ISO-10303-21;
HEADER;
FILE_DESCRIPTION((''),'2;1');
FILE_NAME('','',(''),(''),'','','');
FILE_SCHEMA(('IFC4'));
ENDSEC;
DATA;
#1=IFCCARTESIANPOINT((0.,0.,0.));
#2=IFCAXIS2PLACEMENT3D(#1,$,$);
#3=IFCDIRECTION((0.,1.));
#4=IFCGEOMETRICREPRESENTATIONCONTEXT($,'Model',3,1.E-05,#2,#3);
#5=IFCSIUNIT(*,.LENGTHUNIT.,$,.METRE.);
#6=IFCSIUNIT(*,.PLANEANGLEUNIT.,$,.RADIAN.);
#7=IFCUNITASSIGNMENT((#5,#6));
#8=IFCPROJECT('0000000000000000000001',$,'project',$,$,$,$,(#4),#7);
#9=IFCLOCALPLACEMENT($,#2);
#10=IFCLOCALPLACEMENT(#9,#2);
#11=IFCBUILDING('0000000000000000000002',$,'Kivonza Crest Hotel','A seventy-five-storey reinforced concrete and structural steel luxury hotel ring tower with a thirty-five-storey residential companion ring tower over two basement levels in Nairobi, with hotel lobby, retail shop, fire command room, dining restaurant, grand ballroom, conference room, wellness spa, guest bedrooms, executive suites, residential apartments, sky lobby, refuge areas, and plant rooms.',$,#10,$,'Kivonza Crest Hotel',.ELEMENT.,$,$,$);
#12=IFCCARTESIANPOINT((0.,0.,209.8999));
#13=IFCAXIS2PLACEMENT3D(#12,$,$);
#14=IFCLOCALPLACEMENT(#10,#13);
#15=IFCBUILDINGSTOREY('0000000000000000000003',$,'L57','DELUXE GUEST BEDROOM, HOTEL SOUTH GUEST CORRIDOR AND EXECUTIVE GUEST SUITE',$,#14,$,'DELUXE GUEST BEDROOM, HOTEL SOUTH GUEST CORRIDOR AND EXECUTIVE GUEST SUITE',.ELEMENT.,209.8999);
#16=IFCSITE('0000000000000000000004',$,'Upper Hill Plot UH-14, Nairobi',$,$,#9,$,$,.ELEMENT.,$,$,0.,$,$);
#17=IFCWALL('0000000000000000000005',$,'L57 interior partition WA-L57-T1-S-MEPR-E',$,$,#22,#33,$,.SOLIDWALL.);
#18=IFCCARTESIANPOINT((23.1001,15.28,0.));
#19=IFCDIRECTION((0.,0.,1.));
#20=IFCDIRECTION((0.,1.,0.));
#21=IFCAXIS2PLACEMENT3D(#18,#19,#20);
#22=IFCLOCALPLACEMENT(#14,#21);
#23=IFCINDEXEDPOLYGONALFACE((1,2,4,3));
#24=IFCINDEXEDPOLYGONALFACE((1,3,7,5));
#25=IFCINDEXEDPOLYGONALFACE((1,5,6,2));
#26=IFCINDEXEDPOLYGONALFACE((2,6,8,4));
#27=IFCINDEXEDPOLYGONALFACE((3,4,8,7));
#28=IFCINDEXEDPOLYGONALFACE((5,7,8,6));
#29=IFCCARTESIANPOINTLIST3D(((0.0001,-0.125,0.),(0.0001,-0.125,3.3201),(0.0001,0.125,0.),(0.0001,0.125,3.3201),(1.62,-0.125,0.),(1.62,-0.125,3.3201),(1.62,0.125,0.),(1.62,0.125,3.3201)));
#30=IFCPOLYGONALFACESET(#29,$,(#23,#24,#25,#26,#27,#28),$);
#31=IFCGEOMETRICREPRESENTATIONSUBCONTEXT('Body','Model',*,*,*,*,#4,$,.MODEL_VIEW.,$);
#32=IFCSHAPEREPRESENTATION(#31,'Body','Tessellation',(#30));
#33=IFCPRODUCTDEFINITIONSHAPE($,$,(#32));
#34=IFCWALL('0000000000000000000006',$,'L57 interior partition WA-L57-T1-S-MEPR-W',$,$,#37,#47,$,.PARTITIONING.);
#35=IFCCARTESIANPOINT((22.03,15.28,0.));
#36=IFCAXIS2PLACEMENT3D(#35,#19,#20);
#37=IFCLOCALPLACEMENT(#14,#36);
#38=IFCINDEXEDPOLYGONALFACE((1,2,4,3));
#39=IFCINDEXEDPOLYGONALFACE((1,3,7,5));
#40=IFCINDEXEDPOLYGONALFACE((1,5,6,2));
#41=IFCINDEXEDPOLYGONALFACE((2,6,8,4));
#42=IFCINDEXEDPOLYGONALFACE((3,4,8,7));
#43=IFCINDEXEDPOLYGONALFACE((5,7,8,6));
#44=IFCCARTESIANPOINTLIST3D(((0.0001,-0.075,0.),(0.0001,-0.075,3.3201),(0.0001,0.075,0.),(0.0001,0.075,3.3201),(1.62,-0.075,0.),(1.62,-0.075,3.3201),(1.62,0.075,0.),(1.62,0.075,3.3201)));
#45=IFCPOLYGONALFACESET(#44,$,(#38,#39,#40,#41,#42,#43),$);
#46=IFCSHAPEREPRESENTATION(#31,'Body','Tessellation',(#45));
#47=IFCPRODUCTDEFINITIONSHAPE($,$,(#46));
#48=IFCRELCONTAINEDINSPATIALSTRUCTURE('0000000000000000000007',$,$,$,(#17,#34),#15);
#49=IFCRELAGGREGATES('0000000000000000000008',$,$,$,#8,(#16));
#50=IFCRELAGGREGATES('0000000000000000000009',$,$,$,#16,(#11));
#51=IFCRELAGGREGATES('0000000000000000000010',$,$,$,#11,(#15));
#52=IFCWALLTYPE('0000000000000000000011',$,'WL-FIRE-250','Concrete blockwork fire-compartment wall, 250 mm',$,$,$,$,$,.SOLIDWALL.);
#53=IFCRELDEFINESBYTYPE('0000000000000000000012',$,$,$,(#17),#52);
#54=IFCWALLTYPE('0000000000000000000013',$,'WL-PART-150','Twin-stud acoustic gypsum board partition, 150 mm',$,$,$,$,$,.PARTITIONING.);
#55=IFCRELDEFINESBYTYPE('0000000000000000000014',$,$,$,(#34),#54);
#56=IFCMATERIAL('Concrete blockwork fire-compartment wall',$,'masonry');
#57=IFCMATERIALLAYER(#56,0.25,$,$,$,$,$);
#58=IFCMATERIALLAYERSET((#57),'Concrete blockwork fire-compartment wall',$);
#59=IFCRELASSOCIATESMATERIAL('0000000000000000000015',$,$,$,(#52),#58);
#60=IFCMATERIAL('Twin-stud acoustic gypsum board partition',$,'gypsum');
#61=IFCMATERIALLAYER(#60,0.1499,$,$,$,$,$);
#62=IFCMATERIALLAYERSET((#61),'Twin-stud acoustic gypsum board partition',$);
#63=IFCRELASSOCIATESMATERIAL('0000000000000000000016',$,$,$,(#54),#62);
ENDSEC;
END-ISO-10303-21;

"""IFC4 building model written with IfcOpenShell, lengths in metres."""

from ifc_helpers import new_model, si_unit, direction, frame, frame_2d, origin, place, context, subcontext, project, spatial, rectangle, extrude, material, layer, layer_set, type_object, element, save


model = new_model("IFC4")

# Units and contexts
model_context = context("Model", 3, precision=1e-05, world=origin(), true_north=direction((0.0, 1.0)))
body_context = subcontext(model_context, "Body", "Model", "MODEL_VIEW")
ifc_project = project(units=[si_unit("LENGTHUNIT", "METRE"), si_unit("PLANEANGLEUNIT", "RADIAN")], contexts=[model_context])

# Site, building, storey
site_placement = place(None, origin())
site = spatial("IfcSite", under=ifc_project, at=site_placement, Name="Upper Hill Plot UH-14, Nairobi", CompositionType="ELEMENT", RefElevation=0.0)
building_placement = place(site_placement, origin())
building = spatial("IfcBuilding", under=site, at=building_placement, Name="Kivonza Crest Hotel", Description="A seventy-five-storey reinforced concrete and structural steel luxury hotel ring tower with a thirty-five-storey residential companion ring tower over two basement levels in Nairobi, with hotel lobby, retail shop, fire command room, dining restaurant, grand ballroom, conference room, wellness spa, guest bedrooms, executive suites, residential apartments, sky lobby, refuge areas, and plant rooms.", LongName="Kivonza Crest Hotel", CompositionType="ELEMENT")
storey_placement = place(building_placement, frame((0.0, 0.0, 209.8999)))
storey = spatial("IfcBuildingStorey", under=building, at=storey_placement, Name="L57", Description="DELUXE GUEST BEDROOM, HOTEL SOUTH GUEST CORRIDOR AND EXECUTIVE GUEST SUITE", LongName="DELUXE GUEST BEDROOM, HOTEL SOUTH GUEST CORRIDOR AND EXECUTIVE GUEST SUITE", CompositionType="ELEMENT", Elevation=209.8999)

# Walls
ifc_material_1 = material(Name="Concrete blockwork fire-compartment wall", Category="masonry")
ifc_layer_1 = layer(ifc_material_1, 0.25)
ifc_layer_set_1 = layer_set([ifc_layer_1], Name="Concrete blockwork fire-compartment wall")
wall_type_1 = type_object("IfcWallType", Name="WL-FIRE-250", Description="Concrete blockwork fire-compartment wall, 250 mm", PredefinedType="SOLIDWALL", material=ifc_layer_set_1)
wall_1_placement = place(storey_placement, frame((23.1001, 15.28, 0.0), z_axis=(0.0, 0.0, 1.0), x_axis=(0.0, 1.0, 0.0)))
element("IfcWall", 1, at=wall_1_placement, inside=storey, type_object=wall_type_1, Name="L57 interior partition WA-L57-T1-S-MEPR-E", PredefinedType="SOLIDWALL", context=body_context, shape_type="SweptSolid", body=[
    extrude(rectangle(XDim=1.6199, YDim=0.25, at=frame_2d((0.8101, 0.0))), origin(), (0.0, 0.0, 1.0), 3.3201),
])
ifc_material_2 = material(Name="Twin-stud acoustic gypsum board partition", Category="gypsum")
ifc_layer_2 = layer(ifc_material_2, 0.1499)
ifc_layer_set_2 = layer_set([ifc_layer_2], Name="Twin-stud acoustic gypsum board partition")
wall_type_2 = type_object("IfcWallType", Name="WL-PART-150", Description="Twin-stud acoustic gypsum board partition, 150 mm", PredefinedType="PARTITIONING", material=ifc_layer_set_2)
wall_2_placement = place(storey_placement, frame((22.03, 15.28, 0.0), z_axis=(0.0, 0.0, 1.0), x_axis=(0.0, 1.0, 0.0)))
element("IfcWall", 2, at=wall_2_placement, inside=storey, type_object=wall_type_2, Name="L57 interior partition WA-L57-T1-S-MEPR-W", PredefinedType="PARTITIONING", context=body_context, shape_type="SweptSolid", body=[
    extrude(rectangle(XDim=1.6199, YDim=0.1499, at=frame_2d((0.8101, 0.0))), origin(), (0.0, 0.0, 1.0), 3.3201),
])

save(model, "model.ifc")
